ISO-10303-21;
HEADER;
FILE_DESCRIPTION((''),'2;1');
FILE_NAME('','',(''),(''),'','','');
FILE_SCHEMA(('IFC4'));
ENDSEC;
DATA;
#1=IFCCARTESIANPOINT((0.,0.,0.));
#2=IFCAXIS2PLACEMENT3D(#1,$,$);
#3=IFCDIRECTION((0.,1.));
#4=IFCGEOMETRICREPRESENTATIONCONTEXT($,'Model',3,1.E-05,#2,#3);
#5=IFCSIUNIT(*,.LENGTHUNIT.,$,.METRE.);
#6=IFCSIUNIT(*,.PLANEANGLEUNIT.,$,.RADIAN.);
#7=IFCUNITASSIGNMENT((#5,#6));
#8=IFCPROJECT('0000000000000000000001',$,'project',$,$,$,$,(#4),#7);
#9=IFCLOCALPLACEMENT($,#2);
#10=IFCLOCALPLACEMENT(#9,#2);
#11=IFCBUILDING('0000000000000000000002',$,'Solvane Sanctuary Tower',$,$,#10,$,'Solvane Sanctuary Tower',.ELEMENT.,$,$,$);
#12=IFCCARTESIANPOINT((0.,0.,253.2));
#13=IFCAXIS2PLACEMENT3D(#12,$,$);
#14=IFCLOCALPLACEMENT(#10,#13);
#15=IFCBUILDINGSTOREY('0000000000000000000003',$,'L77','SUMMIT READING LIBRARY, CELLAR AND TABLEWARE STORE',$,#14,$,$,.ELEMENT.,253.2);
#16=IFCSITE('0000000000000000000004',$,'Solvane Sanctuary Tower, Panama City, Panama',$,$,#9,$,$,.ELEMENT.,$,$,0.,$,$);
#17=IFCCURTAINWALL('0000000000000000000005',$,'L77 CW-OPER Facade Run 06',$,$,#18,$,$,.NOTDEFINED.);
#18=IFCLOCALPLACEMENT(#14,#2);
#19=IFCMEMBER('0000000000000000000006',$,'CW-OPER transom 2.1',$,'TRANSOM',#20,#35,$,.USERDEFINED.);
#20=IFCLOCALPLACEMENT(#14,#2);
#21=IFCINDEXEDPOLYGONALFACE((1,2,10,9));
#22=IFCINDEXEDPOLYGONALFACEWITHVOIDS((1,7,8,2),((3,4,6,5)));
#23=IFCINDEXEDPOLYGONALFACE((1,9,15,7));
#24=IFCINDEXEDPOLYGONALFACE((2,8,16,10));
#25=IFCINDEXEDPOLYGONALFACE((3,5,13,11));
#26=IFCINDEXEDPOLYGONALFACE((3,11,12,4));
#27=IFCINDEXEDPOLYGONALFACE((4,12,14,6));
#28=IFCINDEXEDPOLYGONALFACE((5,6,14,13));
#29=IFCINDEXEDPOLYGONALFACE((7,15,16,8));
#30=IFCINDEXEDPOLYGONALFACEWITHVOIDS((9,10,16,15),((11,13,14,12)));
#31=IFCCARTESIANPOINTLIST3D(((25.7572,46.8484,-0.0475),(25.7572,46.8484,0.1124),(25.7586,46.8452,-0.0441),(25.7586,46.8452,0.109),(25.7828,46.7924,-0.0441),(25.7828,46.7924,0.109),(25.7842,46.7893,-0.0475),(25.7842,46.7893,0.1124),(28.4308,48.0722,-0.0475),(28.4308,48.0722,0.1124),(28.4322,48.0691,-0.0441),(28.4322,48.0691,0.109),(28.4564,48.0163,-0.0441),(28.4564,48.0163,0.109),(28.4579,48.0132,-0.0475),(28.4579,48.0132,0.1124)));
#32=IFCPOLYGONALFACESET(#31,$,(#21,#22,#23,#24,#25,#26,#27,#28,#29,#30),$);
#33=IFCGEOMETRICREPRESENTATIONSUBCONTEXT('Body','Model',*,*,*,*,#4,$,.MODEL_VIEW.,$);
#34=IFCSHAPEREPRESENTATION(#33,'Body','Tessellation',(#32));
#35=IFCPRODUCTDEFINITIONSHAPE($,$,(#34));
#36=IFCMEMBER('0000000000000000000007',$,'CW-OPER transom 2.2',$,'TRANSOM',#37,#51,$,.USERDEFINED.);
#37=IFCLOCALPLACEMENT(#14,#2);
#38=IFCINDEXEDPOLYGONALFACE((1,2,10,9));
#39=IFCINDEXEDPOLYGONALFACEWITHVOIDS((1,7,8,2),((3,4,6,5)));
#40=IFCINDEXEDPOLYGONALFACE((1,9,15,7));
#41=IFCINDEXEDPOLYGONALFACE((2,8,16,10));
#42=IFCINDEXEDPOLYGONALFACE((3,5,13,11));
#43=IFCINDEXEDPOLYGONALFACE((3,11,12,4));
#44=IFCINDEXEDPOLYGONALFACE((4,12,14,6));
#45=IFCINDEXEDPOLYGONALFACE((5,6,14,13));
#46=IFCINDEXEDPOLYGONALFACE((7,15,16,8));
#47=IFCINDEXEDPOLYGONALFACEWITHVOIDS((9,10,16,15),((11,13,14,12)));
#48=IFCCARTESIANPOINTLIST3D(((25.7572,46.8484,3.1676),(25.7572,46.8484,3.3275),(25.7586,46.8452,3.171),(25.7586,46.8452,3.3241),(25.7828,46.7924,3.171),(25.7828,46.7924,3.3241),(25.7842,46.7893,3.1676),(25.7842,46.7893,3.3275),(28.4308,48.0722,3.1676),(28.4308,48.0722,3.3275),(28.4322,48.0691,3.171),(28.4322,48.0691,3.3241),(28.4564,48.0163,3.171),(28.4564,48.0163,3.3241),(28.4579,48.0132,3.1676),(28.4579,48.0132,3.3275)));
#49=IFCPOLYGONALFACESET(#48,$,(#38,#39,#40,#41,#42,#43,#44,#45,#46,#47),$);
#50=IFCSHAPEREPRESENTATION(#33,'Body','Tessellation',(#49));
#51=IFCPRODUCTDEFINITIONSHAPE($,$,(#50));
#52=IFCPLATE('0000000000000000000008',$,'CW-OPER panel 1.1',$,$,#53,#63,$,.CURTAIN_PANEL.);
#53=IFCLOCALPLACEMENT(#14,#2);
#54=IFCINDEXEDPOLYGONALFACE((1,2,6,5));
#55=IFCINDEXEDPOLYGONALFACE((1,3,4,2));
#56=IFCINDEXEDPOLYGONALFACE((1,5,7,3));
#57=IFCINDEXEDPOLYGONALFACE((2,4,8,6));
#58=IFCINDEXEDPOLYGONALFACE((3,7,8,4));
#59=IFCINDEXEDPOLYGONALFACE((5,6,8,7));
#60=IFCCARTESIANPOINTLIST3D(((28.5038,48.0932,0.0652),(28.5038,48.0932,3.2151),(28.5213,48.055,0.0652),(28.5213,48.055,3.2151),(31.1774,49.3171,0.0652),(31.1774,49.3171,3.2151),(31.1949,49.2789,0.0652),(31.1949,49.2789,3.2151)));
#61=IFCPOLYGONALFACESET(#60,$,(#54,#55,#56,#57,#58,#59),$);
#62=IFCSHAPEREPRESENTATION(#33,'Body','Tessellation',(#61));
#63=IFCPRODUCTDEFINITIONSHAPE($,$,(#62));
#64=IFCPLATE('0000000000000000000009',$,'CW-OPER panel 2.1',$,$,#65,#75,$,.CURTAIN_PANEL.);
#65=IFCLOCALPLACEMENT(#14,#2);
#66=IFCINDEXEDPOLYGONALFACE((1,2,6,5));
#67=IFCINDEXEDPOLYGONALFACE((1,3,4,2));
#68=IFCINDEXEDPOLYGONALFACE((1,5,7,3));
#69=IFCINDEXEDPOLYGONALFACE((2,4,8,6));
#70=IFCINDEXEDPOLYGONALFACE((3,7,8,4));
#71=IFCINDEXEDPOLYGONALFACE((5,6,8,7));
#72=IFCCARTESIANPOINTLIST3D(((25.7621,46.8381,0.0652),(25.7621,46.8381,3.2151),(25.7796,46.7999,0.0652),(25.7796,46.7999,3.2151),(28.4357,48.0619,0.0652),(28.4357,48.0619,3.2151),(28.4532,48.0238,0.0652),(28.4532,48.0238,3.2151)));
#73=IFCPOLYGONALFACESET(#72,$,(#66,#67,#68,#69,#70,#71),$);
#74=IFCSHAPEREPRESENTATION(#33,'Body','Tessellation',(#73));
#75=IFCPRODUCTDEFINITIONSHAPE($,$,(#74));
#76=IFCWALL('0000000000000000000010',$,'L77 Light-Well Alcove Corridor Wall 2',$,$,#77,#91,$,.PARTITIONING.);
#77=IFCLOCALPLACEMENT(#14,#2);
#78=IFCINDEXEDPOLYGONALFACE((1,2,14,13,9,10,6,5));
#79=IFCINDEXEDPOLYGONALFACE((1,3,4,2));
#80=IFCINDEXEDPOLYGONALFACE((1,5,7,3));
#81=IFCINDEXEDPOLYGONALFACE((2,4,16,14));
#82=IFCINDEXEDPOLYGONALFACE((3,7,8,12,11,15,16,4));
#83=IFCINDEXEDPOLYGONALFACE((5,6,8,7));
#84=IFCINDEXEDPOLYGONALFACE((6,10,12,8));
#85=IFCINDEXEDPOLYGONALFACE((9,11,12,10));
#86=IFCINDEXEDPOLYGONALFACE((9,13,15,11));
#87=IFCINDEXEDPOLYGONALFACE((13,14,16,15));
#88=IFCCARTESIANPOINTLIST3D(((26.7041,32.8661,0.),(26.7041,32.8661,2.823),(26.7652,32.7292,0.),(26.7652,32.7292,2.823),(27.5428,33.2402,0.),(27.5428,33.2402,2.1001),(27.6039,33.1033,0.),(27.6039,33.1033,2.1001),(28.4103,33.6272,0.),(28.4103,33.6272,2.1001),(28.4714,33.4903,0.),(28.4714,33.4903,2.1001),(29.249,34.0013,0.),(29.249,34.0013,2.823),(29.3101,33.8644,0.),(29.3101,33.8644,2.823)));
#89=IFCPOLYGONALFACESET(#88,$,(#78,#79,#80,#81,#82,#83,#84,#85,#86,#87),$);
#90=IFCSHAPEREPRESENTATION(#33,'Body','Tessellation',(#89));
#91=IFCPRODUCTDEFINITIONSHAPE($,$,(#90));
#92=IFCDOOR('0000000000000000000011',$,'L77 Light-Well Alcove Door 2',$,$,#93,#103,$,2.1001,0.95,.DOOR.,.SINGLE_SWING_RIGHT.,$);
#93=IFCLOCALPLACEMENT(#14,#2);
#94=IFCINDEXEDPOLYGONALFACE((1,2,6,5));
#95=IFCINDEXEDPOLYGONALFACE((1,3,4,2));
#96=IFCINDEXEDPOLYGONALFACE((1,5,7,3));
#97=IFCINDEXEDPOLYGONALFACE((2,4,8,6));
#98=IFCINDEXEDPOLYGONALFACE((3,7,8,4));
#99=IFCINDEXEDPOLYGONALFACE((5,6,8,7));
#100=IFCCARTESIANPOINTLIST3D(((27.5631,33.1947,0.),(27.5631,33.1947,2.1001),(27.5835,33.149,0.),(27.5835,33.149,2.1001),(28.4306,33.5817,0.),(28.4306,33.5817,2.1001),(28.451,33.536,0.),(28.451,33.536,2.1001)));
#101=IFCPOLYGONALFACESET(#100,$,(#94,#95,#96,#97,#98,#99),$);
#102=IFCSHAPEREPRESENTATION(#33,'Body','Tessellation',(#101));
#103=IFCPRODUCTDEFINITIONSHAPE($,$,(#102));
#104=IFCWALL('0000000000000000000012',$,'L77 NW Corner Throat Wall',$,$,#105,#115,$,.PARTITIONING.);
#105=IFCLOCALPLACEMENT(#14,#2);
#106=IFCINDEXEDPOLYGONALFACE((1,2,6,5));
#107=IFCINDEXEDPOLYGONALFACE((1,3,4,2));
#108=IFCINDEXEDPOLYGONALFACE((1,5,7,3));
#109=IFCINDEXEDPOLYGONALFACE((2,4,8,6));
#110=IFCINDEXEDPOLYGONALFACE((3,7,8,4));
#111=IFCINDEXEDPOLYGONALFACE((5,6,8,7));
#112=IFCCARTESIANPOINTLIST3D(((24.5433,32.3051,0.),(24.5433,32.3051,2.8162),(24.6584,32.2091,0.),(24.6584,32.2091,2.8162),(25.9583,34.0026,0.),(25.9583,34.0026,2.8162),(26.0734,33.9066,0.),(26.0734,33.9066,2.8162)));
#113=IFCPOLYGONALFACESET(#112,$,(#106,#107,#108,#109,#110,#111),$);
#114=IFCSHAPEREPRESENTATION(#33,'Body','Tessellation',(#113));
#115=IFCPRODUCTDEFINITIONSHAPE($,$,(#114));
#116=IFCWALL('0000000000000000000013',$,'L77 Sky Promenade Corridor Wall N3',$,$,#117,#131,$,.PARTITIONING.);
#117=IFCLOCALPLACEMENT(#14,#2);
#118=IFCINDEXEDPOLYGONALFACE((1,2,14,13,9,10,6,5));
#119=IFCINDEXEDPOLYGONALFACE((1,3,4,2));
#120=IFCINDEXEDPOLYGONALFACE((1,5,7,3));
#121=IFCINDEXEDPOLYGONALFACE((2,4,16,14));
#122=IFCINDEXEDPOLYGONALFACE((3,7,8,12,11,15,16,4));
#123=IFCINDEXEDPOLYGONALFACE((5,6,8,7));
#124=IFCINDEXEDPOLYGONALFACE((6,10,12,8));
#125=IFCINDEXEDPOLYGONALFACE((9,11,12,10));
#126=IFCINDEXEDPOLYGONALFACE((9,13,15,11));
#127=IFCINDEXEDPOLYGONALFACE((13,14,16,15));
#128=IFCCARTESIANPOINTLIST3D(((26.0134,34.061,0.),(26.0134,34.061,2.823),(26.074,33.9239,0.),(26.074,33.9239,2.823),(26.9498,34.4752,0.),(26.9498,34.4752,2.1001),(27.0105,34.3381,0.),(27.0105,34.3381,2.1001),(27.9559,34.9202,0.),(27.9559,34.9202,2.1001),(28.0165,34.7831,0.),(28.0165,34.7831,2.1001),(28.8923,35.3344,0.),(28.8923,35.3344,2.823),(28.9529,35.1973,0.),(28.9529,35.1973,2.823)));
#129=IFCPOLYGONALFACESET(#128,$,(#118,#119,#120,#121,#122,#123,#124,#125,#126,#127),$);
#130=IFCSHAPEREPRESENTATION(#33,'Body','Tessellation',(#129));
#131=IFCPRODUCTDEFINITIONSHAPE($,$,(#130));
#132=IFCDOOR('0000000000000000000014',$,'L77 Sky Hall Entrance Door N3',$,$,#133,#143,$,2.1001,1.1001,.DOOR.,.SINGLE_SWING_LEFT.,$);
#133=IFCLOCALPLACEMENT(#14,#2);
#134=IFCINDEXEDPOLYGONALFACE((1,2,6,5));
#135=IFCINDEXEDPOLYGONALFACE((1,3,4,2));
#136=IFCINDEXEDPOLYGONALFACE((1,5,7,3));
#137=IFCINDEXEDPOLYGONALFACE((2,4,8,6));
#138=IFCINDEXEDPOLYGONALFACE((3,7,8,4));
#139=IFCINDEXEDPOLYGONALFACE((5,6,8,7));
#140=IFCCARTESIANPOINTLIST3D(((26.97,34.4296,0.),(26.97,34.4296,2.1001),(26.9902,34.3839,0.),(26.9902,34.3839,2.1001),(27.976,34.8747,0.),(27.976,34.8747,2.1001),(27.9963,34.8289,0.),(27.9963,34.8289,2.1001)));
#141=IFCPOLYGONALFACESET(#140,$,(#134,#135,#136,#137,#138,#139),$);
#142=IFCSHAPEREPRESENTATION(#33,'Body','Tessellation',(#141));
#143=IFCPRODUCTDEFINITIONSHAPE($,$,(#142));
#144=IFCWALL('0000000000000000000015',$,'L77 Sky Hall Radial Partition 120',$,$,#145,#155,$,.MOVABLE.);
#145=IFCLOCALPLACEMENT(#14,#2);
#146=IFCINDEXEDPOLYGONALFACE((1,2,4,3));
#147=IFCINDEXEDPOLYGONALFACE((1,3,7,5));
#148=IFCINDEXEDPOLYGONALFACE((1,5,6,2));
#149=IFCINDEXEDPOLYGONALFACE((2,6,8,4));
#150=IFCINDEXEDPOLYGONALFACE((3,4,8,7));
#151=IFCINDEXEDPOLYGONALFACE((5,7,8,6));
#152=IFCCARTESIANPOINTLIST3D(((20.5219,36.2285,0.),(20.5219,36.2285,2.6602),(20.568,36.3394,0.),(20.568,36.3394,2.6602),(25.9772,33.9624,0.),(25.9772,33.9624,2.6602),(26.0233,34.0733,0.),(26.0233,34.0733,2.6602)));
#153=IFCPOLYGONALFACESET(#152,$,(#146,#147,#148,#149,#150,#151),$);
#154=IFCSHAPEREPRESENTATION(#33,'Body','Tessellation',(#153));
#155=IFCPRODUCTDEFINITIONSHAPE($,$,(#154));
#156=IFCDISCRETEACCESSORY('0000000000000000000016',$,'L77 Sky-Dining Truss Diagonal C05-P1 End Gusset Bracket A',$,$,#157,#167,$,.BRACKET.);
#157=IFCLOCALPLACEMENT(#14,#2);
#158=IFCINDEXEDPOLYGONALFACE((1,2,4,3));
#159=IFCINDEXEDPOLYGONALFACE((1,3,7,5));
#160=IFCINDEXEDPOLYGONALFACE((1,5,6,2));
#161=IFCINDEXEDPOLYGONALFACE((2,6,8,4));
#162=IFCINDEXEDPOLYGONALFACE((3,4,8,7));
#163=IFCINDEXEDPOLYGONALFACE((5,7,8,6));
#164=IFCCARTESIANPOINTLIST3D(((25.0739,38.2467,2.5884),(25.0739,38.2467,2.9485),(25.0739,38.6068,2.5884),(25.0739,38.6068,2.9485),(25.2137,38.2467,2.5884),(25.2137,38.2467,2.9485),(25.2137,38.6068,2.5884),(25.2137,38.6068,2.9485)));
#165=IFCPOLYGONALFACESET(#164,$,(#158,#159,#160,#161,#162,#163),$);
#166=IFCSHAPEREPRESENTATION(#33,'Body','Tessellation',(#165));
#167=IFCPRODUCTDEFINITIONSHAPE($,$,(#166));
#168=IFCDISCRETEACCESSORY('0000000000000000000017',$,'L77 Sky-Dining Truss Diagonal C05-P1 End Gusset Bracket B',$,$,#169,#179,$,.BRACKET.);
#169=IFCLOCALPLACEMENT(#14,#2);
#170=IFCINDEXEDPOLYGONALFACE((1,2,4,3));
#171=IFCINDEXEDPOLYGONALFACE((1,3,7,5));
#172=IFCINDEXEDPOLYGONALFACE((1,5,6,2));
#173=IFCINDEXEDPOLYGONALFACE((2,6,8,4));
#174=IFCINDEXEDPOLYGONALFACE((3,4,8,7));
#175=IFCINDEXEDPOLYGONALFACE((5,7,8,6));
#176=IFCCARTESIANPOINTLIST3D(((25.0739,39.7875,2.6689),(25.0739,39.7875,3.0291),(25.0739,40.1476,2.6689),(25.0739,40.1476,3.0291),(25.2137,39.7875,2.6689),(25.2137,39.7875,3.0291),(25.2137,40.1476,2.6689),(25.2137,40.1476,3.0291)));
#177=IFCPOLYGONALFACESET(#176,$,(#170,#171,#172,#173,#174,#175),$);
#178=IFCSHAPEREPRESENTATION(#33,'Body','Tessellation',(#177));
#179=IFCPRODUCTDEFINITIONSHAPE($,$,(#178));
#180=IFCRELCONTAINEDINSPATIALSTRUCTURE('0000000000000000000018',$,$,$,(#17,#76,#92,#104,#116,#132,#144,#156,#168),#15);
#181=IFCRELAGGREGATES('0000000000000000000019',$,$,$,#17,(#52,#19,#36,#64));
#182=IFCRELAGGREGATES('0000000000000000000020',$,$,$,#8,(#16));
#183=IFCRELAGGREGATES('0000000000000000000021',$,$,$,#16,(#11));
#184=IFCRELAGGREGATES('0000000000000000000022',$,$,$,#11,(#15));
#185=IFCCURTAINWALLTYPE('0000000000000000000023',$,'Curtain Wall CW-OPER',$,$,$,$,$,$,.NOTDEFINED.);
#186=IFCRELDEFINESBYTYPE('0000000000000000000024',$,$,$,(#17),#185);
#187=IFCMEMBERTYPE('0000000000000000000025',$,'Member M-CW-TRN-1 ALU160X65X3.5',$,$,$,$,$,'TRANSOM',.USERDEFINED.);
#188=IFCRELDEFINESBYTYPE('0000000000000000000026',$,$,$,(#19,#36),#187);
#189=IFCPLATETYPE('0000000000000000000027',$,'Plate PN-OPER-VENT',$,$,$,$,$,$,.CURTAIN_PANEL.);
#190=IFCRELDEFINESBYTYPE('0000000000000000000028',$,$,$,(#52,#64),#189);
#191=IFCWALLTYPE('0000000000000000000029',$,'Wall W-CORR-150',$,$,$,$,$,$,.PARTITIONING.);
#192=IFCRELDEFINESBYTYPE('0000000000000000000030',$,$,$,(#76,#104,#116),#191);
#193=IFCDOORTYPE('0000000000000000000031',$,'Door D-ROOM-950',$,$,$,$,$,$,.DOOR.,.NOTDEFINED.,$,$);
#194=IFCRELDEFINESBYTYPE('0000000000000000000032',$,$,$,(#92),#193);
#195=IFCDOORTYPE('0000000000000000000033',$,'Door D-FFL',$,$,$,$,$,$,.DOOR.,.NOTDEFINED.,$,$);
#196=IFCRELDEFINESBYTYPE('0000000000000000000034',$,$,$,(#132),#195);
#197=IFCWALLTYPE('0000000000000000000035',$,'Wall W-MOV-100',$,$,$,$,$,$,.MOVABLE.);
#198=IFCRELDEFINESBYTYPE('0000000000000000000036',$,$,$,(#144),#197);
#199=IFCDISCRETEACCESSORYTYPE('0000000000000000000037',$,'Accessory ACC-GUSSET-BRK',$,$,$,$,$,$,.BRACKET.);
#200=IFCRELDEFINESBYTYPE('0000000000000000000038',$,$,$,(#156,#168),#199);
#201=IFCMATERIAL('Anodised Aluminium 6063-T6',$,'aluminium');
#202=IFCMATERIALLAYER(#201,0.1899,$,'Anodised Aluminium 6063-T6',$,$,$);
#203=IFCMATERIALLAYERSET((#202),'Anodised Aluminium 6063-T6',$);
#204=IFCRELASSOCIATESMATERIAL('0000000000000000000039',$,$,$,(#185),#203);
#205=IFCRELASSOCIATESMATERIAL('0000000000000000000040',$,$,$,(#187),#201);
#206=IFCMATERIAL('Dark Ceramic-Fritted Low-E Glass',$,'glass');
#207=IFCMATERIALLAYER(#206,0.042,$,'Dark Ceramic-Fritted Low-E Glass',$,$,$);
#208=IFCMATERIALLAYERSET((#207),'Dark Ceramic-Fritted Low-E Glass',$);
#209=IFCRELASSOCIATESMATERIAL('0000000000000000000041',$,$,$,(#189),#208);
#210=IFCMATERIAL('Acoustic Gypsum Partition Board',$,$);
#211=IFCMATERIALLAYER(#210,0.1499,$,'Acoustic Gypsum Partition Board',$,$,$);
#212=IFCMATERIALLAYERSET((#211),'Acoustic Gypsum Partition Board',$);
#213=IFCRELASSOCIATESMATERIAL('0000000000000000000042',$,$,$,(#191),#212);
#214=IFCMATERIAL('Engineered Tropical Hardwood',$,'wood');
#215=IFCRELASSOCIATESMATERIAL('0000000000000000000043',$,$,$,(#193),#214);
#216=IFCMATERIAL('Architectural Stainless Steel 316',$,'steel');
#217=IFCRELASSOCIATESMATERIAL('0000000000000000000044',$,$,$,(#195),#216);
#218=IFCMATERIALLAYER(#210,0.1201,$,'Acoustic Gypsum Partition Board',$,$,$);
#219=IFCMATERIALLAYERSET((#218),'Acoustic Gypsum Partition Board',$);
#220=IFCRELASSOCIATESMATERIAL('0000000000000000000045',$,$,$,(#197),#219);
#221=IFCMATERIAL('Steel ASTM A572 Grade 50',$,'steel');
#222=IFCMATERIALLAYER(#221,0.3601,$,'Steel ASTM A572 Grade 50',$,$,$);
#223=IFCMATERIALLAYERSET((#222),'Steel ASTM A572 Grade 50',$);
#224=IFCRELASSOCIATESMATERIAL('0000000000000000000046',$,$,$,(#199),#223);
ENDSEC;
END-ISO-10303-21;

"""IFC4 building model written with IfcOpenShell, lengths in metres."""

from ifc_helpers import new_model, si_unit, direction, frame, frame_2d, origin, origin_2d, place, context, subcontext, project, spatial, rectangle, hollow_rectangle, extrude, material, layer, layer_set, material_profile, profile_set, type_object, element, fill, aggregate, save


model = new_model("IFC4")

# Units and contexts
model_context = context("Model", 3, precision=1e-05, world=origin(), true_north=direction((0.0, 1.0)))
body_context = subcontext(model_context, "Body", "Model", "MODEL_VIEW")
ifc_project = project(units=[si_unit("LENGTHUNIT", "METRE"), si_unit("PLANEANGLEUNIT", "RADIAN")], contexts=[model_context])

# Site, building, storey
site_placement = place(None, origin())
site = spatial("IfcSite", under=ifc_project, at=site_placement, Name="Solvane Sanctuary Tower, Panama City, Panama", CompositionType="ELEMENT", RefElevation=0.0)
building_placement = place(site_placement, origin())
building = spatial("IfcBuilding", under=site, at=building_placement, Name="Solvane Sanctuary Tower", LongName="Solvane Sanctuary Tower", CompositionType="ELEMENT")
storey_placement = place(building_placement, frame((0.0, 0.0, 253.2)))
storey = spatial("IfcBuildingStorey", under=building, at=storey_placement, Name="L77", Description="SUMMIT READING LIBRARY, CELLAR AND TABLEWARE STORE", CompositionType="ELEMENT", Elevation=253.2)

# Curtain wall, members, plates
ifc_material_1 = material(Name="Anodised Aluminium 6063-T6", Category="aluminium")
ifc_layer_1 = layer(ifc_material_1, 0.1899, Name="Anodised Aluminium 6063-T6")
ifc_layer_set_1 = layer_set([ifc_layer_1], Name="Anodised Aluminium 6063-T6")
curtain_wall_type = type_object("IfcCurtainWallType", Name="Curtain Wall CW-OPER", PredefinedType="NOTDEFINED", material=ifc_layer_set_1)
curtain_wall_placement = place(storey_placement, origin())
curtain_wall = element("IfcCurtainWall", 1, at=curtain_wall_placement, inside=storey, type_object=curtain_wall_type, Name="L77 CW-OPER Facade Run 06", PredefinedType="NOTDEFINED")
ifc_material_profile_1 = material_profile(ifc_material_1, hollow_rectangle(XDim=0.0649, YDim=0.1599, WallThickness=0.0034, at=origin_2d()), Name="ALU160X65X3.5")
ifc_profile_set_1 = profile_set([ifc_material_profile_1], Name="Anodised Aluminium 6063-T6")
member_type_1 = type_object("IfcMemberType", Name="Member M-CW-TRN-1 ALU160X65X3.5", ElementType="TRANSOM", PredefinedType="USERDEFINED", material=ifc_profile_set_1)
member_1_placement = place(storey_placement, frame((28.4443, 48.0427, 0.0325), z_axis=(-0.90926, -0.416229, 0.0), x_axis=(0.416229, -0.90926, 0.0)))
member_1 = element("IfcMember", 2, at=member_1_placement, type_object=member_type_1, Name="CW-OPER transom 2.1", ObjectType="TRANSOM", PredefinedType="USERDEFINED", context=body_context, shape_type="SweptSolid", body=[
    extrude(hollow_rectangle(XDim=0.0649, YDim=0.1599, WallThickness=0.0034, at=origin_2d()), origin(), (0.0, 0.0, 1.0), 2.9404),
])
member_2_placement = place(storey_placement, frame((28.4443, 48.0427, 3.2476), z_axis=(-0.90926, -0.416229, 0.0), x_axis=(0.416229, -0.90926, 0.0)))
member_2 = element("IfcMember", 3, at=member_2_placement, type_object=member_type_1, Name="CW-OPER transom 2.2", ObjectType="TRANSOM", PredefinedType="USERDEFINED", context=body_context, shape_type="SweptSolid", body=[
    extrude(hollow_rectangle(XDim=0.0649, YDim=0.1599, WallThickness=0.0034, at=origin_2d()), origin(), (0.0, 0.0, 1.0), 2.9404),
])
ifc_material_2 = material(Name="Dark Ceramic-Fritted Low-E Glass", Category="glass")
ifc_layer_2 = layer(ifc_material_2, 0.042, Name="Dark Ceramic-Fritted Low-E Glass")
ifc_layer_set_2 = layer_set([ifc_layer_2], Name="Dark Ceramic-Fritted Low-E Glass")
plate_type = type_object("IfcPlateType", Name="Plate PN-OPER-VENT", PredefinedType="CURTAIN_PANEL", material=ifc_layer_set_2)
plate_1_placement = place(storey_placement, frame((29.8494, 48.686, 0.0652), z_axis=(0.0, 0.0, 1.0), x_axis=(-0.909262, -0.416225, 0.0)))
plate_1 = element("IfcPlate", 4, at=plate_1_placement, type_object=plate_type, Name="CW-OPER panel 1.1", PredefinedType="CURTAIN_PANEL", context=body_context, shape_type="SweptSolid", body=[
    extrude(rectangle(XDim=2.9404, YDim=0.042, at=origin_2d()), origin(), (0.0, 0.0, 1.0), 3.1499),
])
plate_2_placement = place(storey_placement, frame((27.1077, 47.4309, 0.0652), z_axis=(0.0, 0.0, 1.0), x_axis=(-0.909262, -0.416225, 0.0)))
plate_2 = element("IfcPlate", 5, at=plate_2_placement, type_object=plate_type, Name="CW-OPER panel 2.1", PredefinedType="CURTAIN_PANEL", context=body_context, shape_type="SweptSolid", body=[
    extrude(rectangle(XDim=2.9404, YDim=0.042, at=origin_2d()), origin(), (0.0, 0.0, 1.0), 3.1499),
])
aggregate(curtain_wall, [plate_1, member_1, member_2, plate_2])

# Wall, opening, door
ifc_material_3 = material(Name="Acoustic Gypsum Partition Board")
ifc_layer_3 = layer(ifc_material_3, 0.1499, Name="Acoustic Gypsum Partition Board")
ifc_layer_set_3 = layer_set([ifc_layer_3], Name="Acoustic Gypsum Partition Board")
wall_type_1 = type_object("IfcWallType", Name="Wall W-CORR-150", PredefinedType="PARTITIONING", material=ifc_layer_set_3)
wall_1_placement = place(storey_placement, frame((29.2795, 33.9329, 0.0), z_axis=(0.0, 0.0, 1.0), x_axis=(-0.913254, -0.40739, 0.0)))
wall_1 = element("IfcWall", 6, at=wall_1_placement, inside=storey, type_object=wall_type_1, Name="L77 Light-Well Alcove Corridor Wall 2", PredefinedType="PARTITIONING", context=body_context, shape_type="SweptSolid", body=[
    extrude(rectangle(XDim=2.7866, YDim=0.1499, at=frame_2d((1.3933, 0.0))), origin(), (0.0, 0.0, 1.0), 2.823),
])
opening_1_placement = place(wall_1_placement, frame((0.9182, 0.0, 0.0)))
opening_1 = element("IfcOpeningElement", 7, at=opening_1_placement, cuts=wall_1, PredefinedType="OPENING", context=body_context, shape_type="SweptSolid", body=[
    extrude(rectangle(XDim=0.95, YDim=2.1001, at=frame_2d((0.4751, 1.05))), frame((0.0, 0.085, 0.0), z_axis=(0.0, -1.0, 0.0), x_axis=(1.0, 0.0, 0.0)), (0.0, 0.0, 1.0), 0.1699),
])
ifc_material_4 = material(Name="Engineered Tropical Hardwood", Category="wood")
door_type_1 = type_object("IfcDoorType", Name="Door D-ROOM-950", OperationType="NOTDEFINED", PredefinedType="DOOR", material=ifc_material_4)
door_1_placement = place(opening_1_placement, origin())
door_1 = element("IfcDoor", 8, at=door_1_placement, inside=storey, type_object=door_type_1, Name="L77 Light-Well Alcove Door 2", OperationType="SINGLE_SWING_RIGHT", OverallHeight=2.1001, OverallWidth=0.95, PredefinedType="DOOR", context=body_context, shape_type="SweptSolid", body=[
    extrude(rectangle(XDim=0.95, YDim=2.1001, at=frame_2d((0.4751, 1.05))), frame((0.0, 0.0249, 0.0), z_axis=(0.0, -1.0, 0.0), x_axis=(1.0, 0.0, 0.0)), (0.0, 0.0, 1.0), 0.05),
])
fill(opening_1, door_1)

# Wall
wall_2_placement = place(storey_placement, frame((26.0159, 33.9546, 0.0), z_axis=(0.0, 0.0, 1.0), x_axis=(-0.640304, -0.768122, 0.0)))
element("IfcWall", 9, at=wall_2_placement, inside=storey, type_object=wall_type_1, Name="L77 NW Corner Throat Wall", PredefinedType="PARTITIONING", context=body_context, shape_type="SweptSolid", body=[
    extrude(rectangle(XDim=2.21, YDim=0.1499, at=frame_2d((1.105, 0.0))), origin(), (0.0, 0.0, 1.0), 2.8162),
])

# Wall, opening, door
wall_3_placement = place(storey_placement, frame((28.9226, 35.2659, 0.0), z_axis=(0.0, 0.0, 1.0), x_axis=(-0.914527, -0.404526, 0.0)))
wall_3 = element("IfcWall", 10, at=wall_3_placement, inside=storey, type_object=wall_type_1, Name="L77 Sky Promenade Corridor Wall N3", PredefinedType="PARTITIONING", context=body_context, shape_type="SweptSolid", body=[
    extrude(rectangle(XDim=3.1479, YDim=0.1499, at=frame_2d((1.574, 0.0))), origin(), (0.0, 0.0, 1.0), 2.823),
])
opening_2_placement = place(wall_3_placement, frame((1.0239, 0.0, 0.0)))
opening_2 = element("IfcOpeningElement", 11, at=opening_2_placement, cuts=wall_3, PredefinedType="OPENING", context=body_context, shape_type="SweptSolid", body=[
    extrude(rectangle(XDim=1.1001, YDim=2.1001, at=frame_2d((0.55, 1.05))), frame((0.0, 0.085, 0.0), z_axis=(0.0, -1.0, 0.0), x_axis=(1.0, 0.0, 0.0)), (0.0, 0.0, 1.0), 0.1699),
])
ifc_material_5 = material(Name="Architectural Stainless Steel 316", Category="steel")
door_type_2 = type_object("IfcDoorType", Name="Door D-FFL", OperationType="NOTDEFINED", PredefinedType="DOOR", material=ifc_material_5)
door_2_placement = place(opening_2_placement, origin())
door_2 = element("IfcDoor", 12, at=door_2_placement, inside=storey, type_object=door_type_2, Name="L77 Sky Hall Entrance Door N3", OperationType="SINGLE_SWING_LEFT", OverallHeight=2.1001, OverallWidth=1.1001, PredefinedType="DOOR", context=body_context, shape_type="SweptSolid", body=[
    extrude(rectangle(XDim=1.1001, YDim=2.1001, at=frame_2d((0.55, 1.05))), frame((0.0, 0.0249, 0.0), z_axis=(0.0, -1.0, 0.0), x_axis=(1.0, 0.0, 0.0)), (0.0, 0.0, 1.0), 0.05),
])
fill(opening_2, door_2)

# Wall
ifc_layer_4 = layer(ifc_material_3, 0.1201, Name="Acoustic Gypsum Partition Board")
ifc_layer_set_4 = layer_set([ifc_layer_4], Name="Acoustic Gypsum Partition Board")
wall_type_2 = type_object("IfcWallType", Name="Wall W-MOV-100", PredefinedType="MOVABLE", material=ifc_layer_set_4)
wall_4_placement = place(storey_placement, frame((26.0002, 34.0178, 0.0), z_axis=(0.0, 0.0, 1.0), x_axis=(-0.923493, 0.383614, 0.0)))
element("IfcWall", 13, at=wall_4_placement, inside=storey, type_object=wall_type_2, Name="L77 Sky Hall Radial Partition 120", PredefinedType="MOVABLE", context=body_context, shape_type="SweptSolid", body=[
    extrude(rectangle(XDim=5.9072, YDim=0.1201, at=frame_2d((2.9536, 0.0))), origin(), (0.0, 0.0, 1.0), 2.6602),
])

# Discrete accessories
ifc_material_6 = material(Name="Steel ASTM A572 Grade 50", Category="steel")
ifc_layer_5 = layer(ifc_material_6, 0.3601, Name="Steel ASTM A572 Grade 50")
ifc_layer_set_5 = layer_set([ifc_layer_5], Name="Steel ASTM A572 Grade 50")
discrete_accessory_type = type_object("IfcDiscreteAccessoryType", Name="Accessory ACC-GUSSET-BRK", PredefinedType="BRACKET", material=ifc_layer_set_5)
for number, where, z_axis, x_axis, name in (
    (14, (25.1438, 38.4268, 2.5884), (0.0, 0.0, 1.0), (0.0, 1.0, 0.0), "L77 Sky-Dining Truss Diagonal C05-P1 End Gusset Bracket A"),
    (15, (25.1438, 39.9675, 2.6689), (0.0, 0.0, 1.0), (0.0, 1.0, 0.0), "L77 Sky-Dining Truss Diagonal C05-P1 End Gusset Bracket B"),
):
    element("IfcDiscreteAccessory", number, at=place(storey_placement, frame(where, z_axis=z_axis, x_axis=x_axis)), inside=storey, type_object=discrete_accessory_type, Name=name, PredefinedType="BRACKET", context=body_context, shape_type="SweptSolid", body=[
        extrude(rectangle(XDim=0.3601, YDim=0.1399, at=origin_2d()), origin(), (0.0, 0.0, 1.0), 0.3601),
    ])

save(model, "model.ifc")
